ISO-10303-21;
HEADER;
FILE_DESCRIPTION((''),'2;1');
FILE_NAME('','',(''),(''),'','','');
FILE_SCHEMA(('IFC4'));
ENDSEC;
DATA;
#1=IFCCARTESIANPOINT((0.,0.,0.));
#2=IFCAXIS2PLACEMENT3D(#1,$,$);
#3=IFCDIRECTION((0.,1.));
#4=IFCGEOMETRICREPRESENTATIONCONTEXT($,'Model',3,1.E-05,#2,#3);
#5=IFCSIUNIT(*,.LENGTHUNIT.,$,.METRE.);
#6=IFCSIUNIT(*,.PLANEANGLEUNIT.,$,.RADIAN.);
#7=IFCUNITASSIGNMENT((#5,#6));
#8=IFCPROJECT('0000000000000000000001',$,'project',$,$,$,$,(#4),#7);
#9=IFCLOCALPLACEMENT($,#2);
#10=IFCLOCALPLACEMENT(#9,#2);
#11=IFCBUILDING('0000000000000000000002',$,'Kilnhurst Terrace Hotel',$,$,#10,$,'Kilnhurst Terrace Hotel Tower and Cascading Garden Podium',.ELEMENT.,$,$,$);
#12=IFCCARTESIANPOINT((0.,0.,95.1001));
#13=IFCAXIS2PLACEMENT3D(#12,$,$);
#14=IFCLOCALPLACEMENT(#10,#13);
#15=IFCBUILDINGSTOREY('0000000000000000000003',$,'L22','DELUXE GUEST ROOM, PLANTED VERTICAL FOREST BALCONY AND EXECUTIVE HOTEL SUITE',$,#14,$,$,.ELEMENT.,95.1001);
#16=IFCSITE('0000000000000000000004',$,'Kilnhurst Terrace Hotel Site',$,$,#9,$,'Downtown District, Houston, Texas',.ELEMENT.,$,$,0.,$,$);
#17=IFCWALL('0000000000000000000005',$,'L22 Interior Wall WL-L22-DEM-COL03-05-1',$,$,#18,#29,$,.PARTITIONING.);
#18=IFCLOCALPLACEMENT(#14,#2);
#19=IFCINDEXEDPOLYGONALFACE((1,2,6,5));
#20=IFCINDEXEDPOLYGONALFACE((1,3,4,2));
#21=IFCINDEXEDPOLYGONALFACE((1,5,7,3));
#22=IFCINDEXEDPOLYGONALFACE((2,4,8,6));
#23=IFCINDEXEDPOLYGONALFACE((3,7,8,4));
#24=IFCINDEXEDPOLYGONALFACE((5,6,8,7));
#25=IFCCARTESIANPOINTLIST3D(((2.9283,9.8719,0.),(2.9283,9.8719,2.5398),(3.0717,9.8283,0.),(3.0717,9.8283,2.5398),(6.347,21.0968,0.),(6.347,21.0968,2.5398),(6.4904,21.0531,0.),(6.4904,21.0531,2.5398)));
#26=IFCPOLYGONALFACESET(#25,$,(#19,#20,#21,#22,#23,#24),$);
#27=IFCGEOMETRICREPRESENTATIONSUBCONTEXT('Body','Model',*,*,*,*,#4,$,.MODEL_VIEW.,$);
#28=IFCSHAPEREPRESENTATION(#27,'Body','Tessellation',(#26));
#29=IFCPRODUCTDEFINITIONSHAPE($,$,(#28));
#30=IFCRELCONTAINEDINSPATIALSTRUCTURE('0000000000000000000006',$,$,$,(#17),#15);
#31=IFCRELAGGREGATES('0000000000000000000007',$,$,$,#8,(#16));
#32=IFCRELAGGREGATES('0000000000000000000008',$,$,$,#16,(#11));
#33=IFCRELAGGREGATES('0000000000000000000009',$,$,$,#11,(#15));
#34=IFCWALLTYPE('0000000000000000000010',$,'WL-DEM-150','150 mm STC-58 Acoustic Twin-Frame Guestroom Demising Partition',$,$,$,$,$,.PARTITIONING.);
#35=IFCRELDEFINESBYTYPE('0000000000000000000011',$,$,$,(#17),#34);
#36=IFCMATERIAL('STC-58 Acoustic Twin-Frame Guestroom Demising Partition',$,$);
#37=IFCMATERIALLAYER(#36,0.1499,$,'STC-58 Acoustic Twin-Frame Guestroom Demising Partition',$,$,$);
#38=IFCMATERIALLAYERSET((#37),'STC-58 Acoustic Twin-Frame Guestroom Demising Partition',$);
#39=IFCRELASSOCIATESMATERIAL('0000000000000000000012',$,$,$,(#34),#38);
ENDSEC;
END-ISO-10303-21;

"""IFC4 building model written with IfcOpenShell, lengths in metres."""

from ifc_helpers import new_model, si_unit, direction, frame, frame_2d, origin, place, context, subcontext, project, spatial, rectangle, extrude, material, layer, layer_set, type_object, element, save


model = new_model("IFC4")

# Units and contexts
model_context = context("Model", 3, precision=1e-05, world=origin(), true_north=direction((0.0, 1.0)))
body_context = subcontext(model_context, "Body", "Model", "MODEL_VIEW")
ifc_project = project(units=[si_unit("LENGTHUNIT", "METRE"), si_unit("PLANEANGLEUNIT", "RADIAN")], contexts=[model_context])

# Site, building, storey
site_placement = place(None, origin())
site = spatial("IfcSite", under=ifc_project, at=site_placement, Name="Kilnhurst Terrace Hotel Site", LongName="Downtown District, Houston, Texas", CompositionType="ELEMENT", RefElevation=0.0)
building_placement = place(site_placement, origin())
building = spatial("IfcBuilding", under=site, at=building_placement, Name="Kilnhurst Terrace Hotel", LongName="Kilnhurst Terrace Hotel Tower and Cascading Garden Podium", CompositionType="ELEMENT")
storey_placement = place(building_placement, frame((0.0, 0.0, 95.1001)))
storey = spatial("IfcBuildingStorey", under=building, at=storey_placement, Name="L22", Description="DELUXE GUEST ROOM, PLANTED VERTICAL FOREST BALCONY AND EXECUTIVE HOTEL SUITE", CompositionType="ELEMENT", Elevation=95.1001)

# Wall
ifc_material_1 = material(Name="STC-58 Acoustic Twin-Frame Guestroom Demising Partition")
ifc_layer_1 = layer(ifc_material_1, 0.1499, Name="STC-58 Acoustic Twin-Frame Guestroom Demising Partition")
ifc_layer_set_1 = layer_set([ifc_layer_1], Name="STC-58 Acoustic Twin-Frame Guestroom Demising Partition")
wall_type_1 = type_object("IfcWallType", Name="WL-DEM-150", Description="150 mm STC-58 Acoustic Twin-Frame Guestroom Demising Partition", PredefinedType="PARTITIONING", material=ifc_layer_set_1)
wall_1_placement = place(storey_placement, frame((3.0, 9.8501, 0.0), z_axis=(0.0, 0.0, 1.0), x_axis=(0.291352, 0.956616, 0.0)))
element("IfcWall", 1, at=wall_1_placement, inside=storey, type_object=wall_type_1, Name="L22 Interior Wall WL-L22-DEM-COL03-05-1", PredefinedType="PARTITIONING", context=body_context, shape_type="SweptSolid", body=[
    extrude(rectangle(XDim=11.7339, YDim=0.1499, at=frame_2d((5.8669, 0.0))), origin(), (0.0, 0.0, 1.0), 2.5398),
])

save(model, "model.ifc")
